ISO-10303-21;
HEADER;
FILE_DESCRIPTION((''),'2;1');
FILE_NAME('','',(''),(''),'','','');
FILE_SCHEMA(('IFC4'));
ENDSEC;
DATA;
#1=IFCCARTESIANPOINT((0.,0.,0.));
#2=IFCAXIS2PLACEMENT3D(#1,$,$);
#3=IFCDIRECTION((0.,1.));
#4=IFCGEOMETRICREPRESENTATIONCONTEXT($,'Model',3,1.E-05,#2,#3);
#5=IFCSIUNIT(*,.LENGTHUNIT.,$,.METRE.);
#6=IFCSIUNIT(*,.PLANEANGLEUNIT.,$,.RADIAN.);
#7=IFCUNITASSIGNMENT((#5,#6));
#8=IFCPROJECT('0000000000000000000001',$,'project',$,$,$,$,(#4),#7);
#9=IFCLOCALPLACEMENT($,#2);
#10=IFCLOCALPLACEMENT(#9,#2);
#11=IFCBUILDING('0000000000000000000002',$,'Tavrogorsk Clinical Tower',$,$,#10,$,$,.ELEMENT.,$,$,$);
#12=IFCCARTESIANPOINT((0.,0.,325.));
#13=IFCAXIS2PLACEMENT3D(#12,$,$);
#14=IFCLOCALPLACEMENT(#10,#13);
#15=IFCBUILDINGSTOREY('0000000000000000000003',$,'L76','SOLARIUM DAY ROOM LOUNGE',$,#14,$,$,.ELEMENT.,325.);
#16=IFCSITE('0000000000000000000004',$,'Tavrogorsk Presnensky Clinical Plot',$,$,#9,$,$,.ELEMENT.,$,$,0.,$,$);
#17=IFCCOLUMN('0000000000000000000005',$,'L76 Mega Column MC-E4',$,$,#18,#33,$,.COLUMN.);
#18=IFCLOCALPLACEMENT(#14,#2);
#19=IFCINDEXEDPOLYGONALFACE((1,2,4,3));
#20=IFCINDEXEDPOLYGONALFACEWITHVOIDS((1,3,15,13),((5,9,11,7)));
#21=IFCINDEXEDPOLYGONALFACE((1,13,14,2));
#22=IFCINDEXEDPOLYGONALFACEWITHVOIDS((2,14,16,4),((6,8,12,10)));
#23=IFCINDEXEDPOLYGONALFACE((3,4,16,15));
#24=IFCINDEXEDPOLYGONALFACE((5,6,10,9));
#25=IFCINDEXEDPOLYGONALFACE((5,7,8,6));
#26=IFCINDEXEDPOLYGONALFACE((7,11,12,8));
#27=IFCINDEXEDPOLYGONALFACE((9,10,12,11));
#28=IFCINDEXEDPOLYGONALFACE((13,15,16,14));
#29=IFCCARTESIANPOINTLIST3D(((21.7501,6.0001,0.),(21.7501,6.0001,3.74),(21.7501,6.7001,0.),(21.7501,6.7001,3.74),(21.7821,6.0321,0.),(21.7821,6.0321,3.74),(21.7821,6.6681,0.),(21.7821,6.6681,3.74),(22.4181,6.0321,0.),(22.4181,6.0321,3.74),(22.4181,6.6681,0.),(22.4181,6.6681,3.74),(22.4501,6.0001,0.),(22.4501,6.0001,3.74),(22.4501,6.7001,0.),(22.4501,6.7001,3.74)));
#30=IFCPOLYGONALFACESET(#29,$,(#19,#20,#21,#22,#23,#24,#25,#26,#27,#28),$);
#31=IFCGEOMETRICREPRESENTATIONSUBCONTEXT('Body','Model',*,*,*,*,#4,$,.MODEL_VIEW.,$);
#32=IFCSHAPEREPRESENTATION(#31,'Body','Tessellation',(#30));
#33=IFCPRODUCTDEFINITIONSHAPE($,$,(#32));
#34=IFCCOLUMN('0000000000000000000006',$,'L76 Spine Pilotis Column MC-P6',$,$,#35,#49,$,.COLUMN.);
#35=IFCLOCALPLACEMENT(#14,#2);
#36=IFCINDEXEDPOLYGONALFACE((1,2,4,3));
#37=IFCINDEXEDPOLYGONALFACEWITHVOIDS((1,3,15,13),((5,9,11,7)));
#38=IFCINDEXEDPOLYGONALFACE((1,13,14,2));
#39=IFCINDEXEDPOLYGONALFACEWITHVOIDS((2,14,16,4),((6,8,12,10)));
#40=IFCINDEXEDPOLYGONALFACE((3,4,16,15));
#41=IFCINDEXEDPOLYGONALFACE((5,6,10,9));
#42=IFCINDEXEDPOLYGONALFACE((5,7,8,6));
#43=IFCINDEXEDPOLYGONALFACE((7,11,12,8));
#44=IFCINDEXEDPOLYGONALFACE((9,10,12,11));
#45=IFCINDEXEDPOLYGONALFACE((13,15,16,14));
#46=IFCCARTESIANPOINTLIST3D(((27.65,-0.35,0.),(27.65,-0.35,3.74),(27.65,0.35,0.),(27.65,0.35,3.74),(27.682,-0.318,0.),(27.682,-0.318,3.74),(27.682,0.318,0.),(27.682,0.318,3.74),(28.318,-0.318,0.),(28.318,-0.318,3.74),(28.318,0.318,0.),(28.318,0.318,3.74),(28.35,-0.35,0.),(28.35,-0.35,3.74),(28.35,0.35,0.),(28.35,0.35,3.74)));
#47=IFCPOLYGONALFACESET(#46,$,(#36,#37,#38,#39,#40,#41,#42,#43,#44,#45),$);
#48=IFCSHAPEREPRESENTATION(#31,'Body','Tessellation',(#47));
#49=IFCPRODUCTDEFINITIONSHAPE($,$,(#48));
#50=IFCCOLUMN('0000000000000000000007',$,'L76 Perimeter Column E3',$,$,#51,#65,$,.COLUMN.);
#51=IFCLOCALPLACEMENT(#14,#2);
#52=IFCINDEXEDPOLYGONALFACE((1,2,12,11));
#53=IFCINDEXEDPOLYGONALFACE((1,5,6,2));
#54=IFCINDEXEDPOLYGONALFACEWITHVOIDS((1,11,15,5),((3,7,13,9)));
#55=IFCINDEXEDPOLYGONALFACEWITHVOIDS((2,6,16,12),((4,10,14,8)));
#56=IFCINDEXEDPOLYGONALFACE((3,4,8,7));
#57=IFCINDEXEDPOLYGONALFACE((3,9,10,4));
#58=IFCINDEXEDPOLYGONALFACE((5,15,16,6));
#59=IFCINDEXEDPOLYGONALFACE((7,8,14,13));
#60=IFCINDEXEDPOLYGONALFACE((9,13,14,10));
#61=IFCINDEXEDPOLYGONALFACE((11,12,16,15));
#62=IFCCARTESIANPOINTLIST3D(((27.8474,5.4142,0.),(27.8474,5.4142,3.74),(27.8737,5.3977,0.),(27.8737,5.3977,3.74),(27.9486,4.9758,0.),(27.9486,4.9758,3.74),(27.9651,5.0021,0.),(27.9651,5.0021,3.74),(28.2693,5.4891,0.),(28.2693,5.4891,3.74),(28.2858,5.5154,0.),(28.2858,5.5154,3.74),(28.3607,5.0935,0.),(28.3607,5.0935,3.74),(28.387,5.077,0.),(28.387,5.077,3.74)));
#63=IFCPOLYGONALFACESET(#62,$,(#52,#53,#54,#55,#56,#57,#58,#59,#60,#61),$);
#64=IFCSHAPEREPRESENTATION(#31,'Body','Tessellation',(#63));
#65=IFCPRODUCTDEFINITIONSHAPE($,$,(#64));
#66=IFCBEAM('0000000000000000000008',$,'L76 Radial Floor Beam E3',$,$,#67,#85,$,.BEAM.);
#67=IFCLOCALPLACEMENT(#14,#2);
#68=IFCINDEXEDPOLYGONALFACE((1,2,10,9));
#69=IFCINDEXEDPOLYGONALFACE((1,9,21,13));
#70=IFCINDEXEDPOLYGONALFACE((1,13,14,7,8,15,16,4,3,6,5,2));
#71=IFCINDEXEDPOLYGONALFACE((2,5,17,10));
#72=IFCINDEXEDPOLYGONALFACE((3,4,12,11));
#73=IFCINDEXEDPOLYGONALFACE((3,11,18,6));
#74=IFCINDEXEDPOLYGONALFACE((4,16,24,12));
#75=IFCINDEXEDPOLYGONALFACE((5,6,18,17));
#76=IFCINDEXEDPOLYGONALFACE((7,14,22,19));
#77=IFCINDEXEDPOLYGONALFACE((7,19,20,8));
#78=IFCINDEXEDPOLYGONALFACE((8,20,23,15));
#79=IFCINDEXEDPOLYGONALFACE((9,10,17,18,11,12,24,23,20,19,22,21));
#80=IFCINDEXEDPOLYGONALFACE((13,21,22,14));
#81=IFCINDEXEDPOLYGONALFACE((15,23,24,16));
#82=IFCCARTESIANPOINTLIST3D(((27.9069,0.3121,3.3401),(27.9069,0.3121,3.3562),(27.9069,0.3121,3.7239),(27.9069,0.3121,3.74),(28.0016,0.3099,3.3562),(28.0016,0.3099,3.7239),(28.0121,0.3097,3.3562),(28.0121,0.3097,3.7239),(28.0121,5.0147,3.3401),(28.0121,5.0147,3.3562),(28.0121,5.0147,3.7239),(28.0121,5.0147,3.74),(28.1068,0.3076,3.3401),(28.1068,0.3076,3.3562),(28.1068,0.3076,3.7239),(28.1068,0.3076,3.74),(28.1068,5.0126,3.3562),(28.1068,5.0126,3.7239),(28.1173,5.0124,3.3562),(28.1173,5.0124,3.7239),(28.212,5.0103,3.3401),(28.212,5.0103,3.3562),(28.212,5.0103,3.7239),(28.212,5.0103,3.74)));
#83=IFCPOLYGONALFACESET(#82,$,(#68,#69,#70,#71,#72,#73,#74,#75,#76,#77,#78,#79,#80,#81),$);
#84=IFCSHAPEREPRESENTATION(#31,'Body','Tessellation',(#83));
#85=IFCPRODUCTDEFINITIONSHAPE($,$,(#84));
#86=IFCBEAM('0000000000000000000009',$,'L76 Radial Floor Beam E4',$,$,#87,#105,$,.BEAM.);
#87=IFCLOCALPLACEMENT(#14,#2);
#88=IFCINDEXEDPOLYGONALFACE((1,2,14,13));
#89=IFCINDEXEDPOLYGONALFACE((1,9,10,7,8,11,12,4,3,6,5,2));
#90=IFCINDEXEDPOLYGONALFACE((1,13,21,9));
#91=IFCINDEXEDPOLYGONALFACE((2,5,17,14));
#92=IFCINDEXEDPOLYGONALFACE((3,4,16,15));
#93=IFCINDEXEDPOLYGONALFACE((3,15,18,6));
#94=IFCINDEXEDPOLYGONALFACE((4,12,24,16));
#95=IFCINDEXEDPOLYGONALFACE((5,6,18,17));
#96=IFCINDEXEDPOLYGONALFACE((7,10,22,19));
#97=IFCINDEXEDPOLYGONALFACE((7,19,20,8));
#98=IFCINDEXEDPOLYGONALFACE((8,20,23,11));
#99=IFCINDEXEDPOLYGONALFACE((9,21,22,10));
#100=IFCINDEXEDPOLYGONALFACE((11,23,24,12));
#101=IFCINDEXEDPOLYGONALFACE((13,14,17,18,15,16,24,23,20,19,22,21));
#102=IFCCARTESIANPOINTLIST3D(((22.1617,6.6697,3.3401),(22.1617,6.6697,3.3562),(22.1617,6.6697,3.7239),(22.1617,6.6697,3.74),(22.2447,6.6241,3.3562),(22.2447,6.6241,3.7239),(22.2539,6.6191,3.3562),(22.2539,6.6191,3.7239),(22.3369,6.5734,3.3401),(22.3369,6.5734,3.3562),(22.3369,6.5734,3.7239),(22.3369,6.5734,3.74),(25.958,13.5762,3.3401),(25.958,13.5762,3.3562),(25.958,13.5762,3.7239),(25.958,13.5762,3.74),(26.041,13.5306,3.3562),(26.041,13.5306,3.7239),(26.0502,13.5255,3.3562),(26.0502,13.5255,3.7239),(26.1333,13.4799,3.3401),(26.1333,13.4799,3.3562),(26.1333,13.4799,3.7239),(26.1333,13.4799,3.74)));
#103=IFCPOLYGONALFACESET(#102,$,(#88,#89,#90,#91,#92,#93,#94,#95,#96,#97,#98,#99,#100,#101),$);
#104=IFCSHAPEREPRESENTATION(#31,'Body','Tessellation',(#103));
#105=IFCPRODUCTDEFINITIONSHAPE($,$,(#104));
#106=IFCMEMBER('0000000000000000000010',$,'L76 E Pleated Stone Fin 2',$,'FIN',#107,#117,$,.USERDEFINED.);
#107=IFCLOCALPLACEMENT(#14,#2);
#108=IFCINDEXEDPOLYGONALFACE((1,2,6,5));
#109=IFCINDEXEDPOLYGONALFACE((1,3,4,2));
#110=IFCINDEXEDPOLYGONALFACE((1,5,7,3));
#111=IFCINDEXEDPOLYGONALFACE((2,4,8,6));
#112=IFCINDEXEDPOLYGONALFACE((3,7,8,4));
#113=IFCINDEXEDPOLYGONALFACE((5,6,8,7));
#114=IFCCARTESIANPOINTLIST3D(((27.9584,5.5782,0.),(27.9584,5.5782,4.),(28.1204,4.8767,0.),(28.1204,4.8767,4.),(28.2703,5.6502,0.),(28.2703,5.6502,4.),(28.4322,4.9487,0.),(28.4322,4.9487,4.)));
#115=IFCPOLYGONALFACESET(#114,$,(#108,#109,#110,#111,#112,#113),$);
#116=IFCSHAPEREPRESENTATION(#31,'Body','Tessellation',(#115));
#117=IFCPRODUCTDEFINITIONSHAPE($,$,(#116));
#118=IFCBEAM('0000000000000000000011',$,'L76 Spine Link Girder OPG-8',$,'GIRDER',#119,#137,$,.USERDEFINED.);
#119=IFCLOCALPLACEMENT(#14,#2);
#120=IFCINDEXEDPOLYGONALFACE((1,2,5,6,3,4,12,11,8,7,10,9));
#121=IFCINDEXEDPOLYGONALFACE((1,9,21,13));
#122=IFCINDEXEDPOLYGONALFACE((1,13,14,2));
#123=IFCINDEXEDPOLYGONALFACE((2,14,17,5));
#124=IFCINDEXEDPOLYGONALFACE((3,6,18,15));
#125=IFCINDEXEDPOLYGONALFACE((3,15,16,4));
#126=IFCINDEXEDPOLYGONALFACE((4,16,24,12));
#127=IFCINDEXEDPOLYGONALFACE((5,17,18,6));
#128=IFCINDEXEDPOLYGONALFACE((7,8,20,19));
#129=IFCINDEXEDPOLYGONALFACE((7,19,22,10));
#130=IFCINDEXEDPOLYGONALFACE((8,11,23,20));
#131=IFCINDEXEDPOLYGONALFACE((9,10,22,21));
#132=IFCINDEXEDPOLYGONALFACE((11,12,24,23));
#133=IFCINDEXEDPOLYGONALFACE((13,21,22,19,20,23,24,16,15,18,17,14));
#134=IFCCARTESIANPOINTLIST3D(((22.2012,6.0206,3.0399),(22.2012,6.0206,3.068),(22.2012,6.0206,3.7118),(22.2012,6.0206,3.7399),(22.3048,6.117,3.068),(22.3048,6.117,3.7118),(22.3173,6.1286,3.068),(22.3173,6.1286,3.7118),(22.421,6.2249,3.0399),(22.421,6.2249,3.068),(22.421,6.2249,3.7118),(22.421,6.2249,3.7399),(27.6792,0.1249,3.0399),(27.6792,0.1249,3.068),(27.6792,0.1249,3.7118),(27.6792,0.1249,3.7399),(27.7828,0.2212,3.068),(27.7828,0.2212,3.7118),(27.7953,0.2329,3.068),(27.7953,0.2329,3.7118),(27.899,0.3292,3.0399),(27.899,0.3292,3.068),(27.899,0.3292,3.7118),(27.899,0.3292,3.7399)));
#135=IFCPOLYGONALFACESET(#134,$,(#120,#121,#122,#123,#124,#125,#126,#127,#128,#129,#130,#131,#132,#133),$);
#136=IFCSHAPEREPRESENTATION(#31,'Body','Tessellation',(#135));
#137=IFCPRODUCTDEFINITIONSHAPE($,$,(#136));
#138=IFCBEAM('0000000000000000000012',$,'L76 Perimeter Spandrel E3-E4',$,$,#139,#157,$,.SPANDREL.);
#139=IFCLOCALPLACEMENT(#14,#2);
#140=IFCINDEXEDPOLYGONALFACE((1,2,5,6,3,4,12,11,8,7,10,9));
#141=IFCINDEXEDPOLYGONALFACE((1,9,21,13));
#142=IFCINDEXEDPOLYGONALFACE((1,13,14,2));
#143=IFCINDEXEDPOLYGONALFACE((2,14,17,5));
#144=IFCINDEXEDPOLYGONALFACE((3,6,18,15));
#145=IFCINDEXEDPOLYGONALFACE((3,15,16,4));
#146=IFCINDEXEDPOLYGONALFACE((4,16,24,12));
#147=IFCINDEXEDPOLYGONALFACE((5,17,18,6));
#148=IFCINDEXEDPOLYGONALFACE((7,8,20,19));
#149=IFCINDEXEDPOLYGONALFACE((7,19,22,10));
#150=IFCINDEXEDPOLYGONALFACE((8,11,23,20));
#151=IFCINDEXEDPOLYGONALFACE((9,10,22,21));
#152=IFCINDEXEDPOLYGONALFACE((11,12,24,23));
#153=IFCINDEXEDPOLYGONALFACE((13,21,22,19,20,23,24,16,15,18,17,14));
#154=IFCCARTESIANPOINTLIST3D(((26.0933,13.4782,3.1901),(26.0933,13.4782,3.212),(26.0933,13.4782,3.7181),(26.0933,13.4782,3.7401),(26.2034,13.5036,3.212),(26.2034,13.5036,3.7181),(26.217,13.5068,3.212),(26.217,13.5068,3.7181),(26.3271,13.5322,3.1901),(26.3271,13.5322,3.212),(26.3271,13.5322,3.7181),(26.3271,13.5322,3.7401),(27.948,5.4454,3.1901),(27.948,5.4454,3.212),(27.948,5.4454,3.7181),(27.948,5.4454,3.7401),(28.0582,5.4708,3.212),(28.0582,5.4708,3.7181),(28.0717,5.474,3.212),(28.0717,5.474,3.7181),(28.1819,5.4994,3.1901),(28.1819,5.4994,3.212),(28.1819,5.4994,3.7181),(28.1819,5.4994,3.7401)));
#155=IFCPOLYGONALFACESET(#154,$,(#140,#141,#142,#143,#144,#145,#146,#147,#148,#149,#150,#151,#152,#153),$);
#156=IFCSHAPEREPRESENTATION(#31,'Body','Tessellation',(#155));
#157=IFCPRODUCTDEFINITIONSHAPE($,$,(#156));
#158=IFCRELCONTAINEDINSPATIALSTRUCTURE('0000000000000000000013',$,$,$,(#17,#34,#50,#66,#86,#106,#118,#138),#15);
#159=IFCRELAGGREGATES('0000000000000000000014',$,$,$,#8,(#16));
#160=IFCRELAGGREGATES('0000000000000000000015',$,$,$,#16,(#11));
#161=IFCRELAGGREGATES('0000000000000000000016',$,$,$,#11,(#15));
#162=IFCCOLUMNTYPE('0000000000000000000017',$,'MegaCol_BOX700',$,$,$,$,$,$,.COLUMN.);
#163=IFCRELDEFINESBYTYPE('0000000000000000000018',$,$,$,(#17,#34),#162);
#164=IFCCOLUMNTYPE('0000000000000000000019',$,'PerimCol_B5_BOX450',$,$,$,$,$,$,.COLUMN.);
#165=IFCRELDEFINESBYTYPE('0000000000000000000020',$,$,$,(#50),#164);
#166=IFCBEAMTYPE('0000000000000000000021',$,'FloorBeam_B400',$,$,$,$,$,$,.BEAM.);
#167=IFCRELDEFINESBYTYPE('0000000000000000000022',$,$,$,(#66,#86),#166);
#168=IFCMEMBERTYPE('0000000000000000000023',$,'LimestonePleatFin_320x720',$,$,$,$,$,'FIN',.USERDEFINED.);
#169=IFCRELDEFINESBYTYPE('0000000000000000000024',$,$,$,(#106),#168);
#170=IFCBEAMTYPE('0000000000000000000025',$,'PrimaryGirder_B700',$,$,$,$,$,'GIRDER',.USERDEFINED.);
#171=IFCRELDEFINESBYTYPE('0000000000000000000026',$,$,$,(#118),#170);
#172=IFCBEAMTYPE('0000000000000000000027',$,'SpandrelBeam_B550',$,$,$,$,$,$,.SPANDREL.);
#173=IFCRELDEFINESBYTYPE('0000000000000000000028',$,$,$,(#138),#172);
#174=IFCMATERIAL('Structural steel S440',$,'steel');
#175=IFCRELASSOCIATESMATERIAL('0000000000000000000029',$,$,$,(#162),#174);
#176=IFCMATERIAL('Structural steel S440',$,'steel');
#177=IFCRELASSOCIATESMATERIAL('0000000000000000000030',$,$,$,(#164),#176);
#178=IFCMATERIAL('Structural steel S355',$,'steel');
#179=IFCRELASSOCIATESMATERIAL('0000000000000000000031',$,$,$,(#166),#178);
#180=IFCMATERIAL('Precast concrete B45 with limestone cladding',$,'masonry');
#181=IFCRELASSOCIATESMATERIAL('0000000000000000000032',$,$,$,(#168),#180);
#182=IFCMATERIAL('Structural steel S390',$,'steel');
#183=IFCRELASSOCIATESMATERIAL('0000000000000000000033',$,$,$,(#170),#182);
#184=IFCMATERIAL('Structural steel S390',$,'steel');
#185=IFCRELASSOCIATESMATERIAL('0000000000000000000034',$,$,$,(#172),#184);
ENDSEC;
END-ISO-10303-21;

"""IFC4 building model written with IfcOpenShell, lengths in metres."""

from ifc_helpers import new_model, si_unit, direction, frame, origin, origin_2d, place, context, subcontext, project, spatial, rectangle, hollow_rectangle, i_section, extrude, material, material_profile, profile_set, type_object, element, save


model = new_model("IFC4")

# Units and contexts
model_context = context("Model", 3, precision=1e-05, world=origin(), true_north=direction((0.0, 1.0)))
body_context = subcontext(model_context, "Body", "Model", "MODEL_VIEW")
ifc_project = project(units=[si_unit("LENGTHUNIT", "METRE"), si_unit("PLANEANGLEUNIT", "RADIAN")], contexts=[model_context])

# Site, building, storey
site_placement = place(None, origin())
site = spatial("IfcSite", under=ifc_project, at=site_placement, Name="Tavrogorsk Presnensky Clinical Plot", CompositionType="ELEMENT", RefElevation=0.0)
building_placement = place(site_placement, origin())
building = spatial("IfcBuilding", under=site, at=building_placement, Name="Tavrogorsk Clinical Tower", CompositionType="ELEMENT")
storey_placement = place(building_placement, frame((0.0, 0.0, 325.0)))
storey = spatial("IfcBuildingStorey", under=building, at=storey_placement, Name="L76", Description="SOLARIUM DAY ROOM LOUNGE", CompositionType="ELEMENT", Elevation=325.0)

# Columns
ifc_material_1 = material(Name="Structural steel S440", Category="steel")
ifc_material_profile_1 = material_profile(ifc_material_1, hollow_rectangle(XDim=0.7, YDim=0.7, WallThickness=0.032, at=origin_2d()), Name="BOX-700x700x32")
ifc_profile_set_1 = profile_set([ifc_material_profile_1], Name="Structural steel S440")
column_type_1 = type_object("IfcColumnType", Name="MegaCol_BOX700", PredefinedType="COLUMN", material=ifc_profile_set_1)
for number, where, z_axis, x_axis, name in (
    (1, (22.1001, 6.3501, 0.0), (0.0, 0.0, 1.0), (1.0, 0.0, 0.0), "L76 Mega Column MC-E4"),
    (2, (28.0, 0.0, 0.0), (0.0, 0.0, 1.0), (1.0, 0.0, 0.0), "L76 Spine Pilotis Column MC-P6"),
):
    element("IfcColumn", number, at=place(storey_placement, frame(where, z_axis=z_axis, x_axis=x_axis)), inside=storey, type_object=column_type_1, Name=name, PredefinedType="COLUMN", context=body_context, shape_type="SweptSolid", body=[
        extrude(hollow_rectangle(XDim=0.7, YDim=0.7, WallThickness=0.032, at=origin_2d()), origin(), (0.0, 0.0, 1.0), 3.74),
    ])
ifc_material_2 = material(Name="Structural steel S440", Category="steel")
ifc_material_profile_2 = material_profile(ifc_material_2, hollow_rectangle(XDim=0.45, YDim=0.45, WallThickness=0.022, at=origin_2d()), Name="BOX-450x450x22")
ifc_profile_set_2 = profile_set([ifc_material_profile_2], Name="Structural steel S440")
column_type_2 = type_object("IfcColumnType", Name="PerimCol_B5_BOX450", PredefinedType="COLUMN", material=ifc_profile_set_2)
column_placement = place(storey_placement, frame((28.1172, 5.2456, 0.0), z_axis=(0.0, 0.0, 1.0), x_axis=(0.97437, 0.224951, 0.0)))
element("IfcColumn", 3, at=column_placement, inside=storey, type_object=column_type_2, Name="L76 Perimeter Column E3", PredefinedType="COLUMN", context=body_context, shape_type="SweptSolid", body=[
    extrude(hollow_rectangle(XDim=0.45, YDim=0.45, WallThickness=0.022, at=origin_2d()), origin(), (0.0, 0.0, 1.0), 3.74),
])

# Beams
ifc_material_3 = material(Name="Structural steel S355", Category="steel")
ifc_material_profile_3 = material_profile(ifc_material_3, i_section(OverallWidth=0.2, OverallDepth=0.3999, WebThickness=0.0105, FlangeThickness=0.0161, at=origin_2d()), Name="B-400x200x10.5x16")
ifc_profile_set_3 = profile_set([ifc_material_profile_3], Name="Structural steel S355")
beam_type_1 = type_object("IfcBeamType", Name="FloorBeam_B400", PredefinedType="BEAM", material=ifc_profile_set_3)
beam_1_placement = place(storey_placement, frame((28.0068, 0.3098, 3.54), z_axis=(0.02237, 0.99975, 0.0), x_axis=(-0.99975, 0.02237, 0.0)))
element("IfcBeam", 4, at=beam_1_placement, inside=storey, type_object=beam_type_1, Name="L76 Radial Floor Beam E3", PredefinedType="BEAM", context=body_context, shape_type="SweptSolid", body=[
    extrude(i_section(OverallWidth=0.2, OverallDepth=0.3999, WebThickness=0.0105, FlangeThickness=0.0161, at=origin_2d()), origin(), (0.0, 0.0, 1.0), 4.7039),
])
beam_2_placement = place(storey_placement, frame((22.2493, 6.6216, 3.54), z_axis=(0.481706, 0.876333, 0.0), x_axis=(-0.876333, 0.481706, 0.0)))
element("IfcBeam", 5, at=beam_2_placement, inside=storey, type_object=beam_type_1, Name="L76 Radial Floor Beam E4", PredefinedType="BEAM", context=body_context, shape_type="SweptSolid", body=[
    extrude(i_section(OverallWidth=0.2, OverallDepth=0.3999, WebThickness=0.0105, FlangeThickness=0.0161, at=origin_2d()), origin(), (0.0, 0.0, 1.0), 7.8811),
])

# Member
ifc_material_4 = material(Name="Precast concrete B45 with limestone cladding", Category="masonry")
ifc_material_profile_4 = material_profile(ifc_material_4, rectangle(XDim=0.3201, YDim=0.72, at=origin_2d()), Name="LIMESTONE-FIN-320x720")
ifc_profile_set_4 = profile_set([ifc_material_profile_4], Name="Precast concrete B45 with limestone cladding")
member_type = type_object("IfcMemberType", Name="LimestonePleatFin_320x720", ElementType="FIN", PredefinedType="USERDEFINED", material=ifc_profile_set_4)
member_placement = place(storey_placement, frame((28.1953, 5.2634, 0.0), z_axis=(0.0, 0.0, 1.0), x_axis=(0.97437, 0.224951, 0.0)))
element("IfcMember", 6, at=member_placement, inside=storey, type_object=member_type, Name="L76 E Pleated Stone Fin 2", ObjectType="FIN", PredefinedType="USERDEFINED", context=body_context, shape_type="SweptSolid", body=[
    extrude(rectangle(XDim=0.3201, YDim=0.72, at=origin_2d()), origin(), (0.0, 0.0, 1.0), 4.0),
])

# Beams
ifc_material_5 = material(Name="Structural steel S390", Category="steel")
ifc_material_profile_5 = material_profile(ifc_material_5, i_section(OverallWidth=0.3, OverallDepth=0.7, WebThickness=0.0171, FlangeThickness=0.0281, at=origin_2d()), Name="B-700x300x17x28")
ifc_profile_set_5 = profile_set([ifc_material_profile_5], Name="Structural steel S390")
beam_type_2 = type_object("IfcBeamType", Name="PrimaryGirder_B700", ElementType="GIRDER", PredefinedType="USERDEFINED", material=ifc_profile_set_5)
beam_3_placement = place(storey_placement, frame((27.7891, 0.2271, 3.3899), z_axis=(-0.680678, 0.732583, 0.0), x_axis=(-0.732583, -0.680678, 0.0)))
element("IfcBeam", 7, at=beam_3_placement, inside=storey, type_object=beam_type_2, Name="L76 Spine Link Girder OPG-8", ObjectType="GIRDER", PredefinedType="USERDEFINED", context=body_context, shape_type="SweptSolid", body=[
    extrude(i_section(OverallWidth=0.3, OverallDepth=0.7, WebThickness=0.0171, FlangeThickness=0.0281, at=origin_2d()), origin(), (0.0, 0.0, 1.0), 8.0479),
])
ifc_material_6 = material(Name="Structural steel S390", Category="steel")
ifc_material_profile_6 = material_profile(ifc_material_6, i_section(OverallWidth=0.24, OverallDepth=0.55, WebThickness=0.0139, FlangeThickness=0.022, at=origin_2d()), Name="B-550x240x14x22")
ifc_profile_set_6 = profile_set([ifc_material_profile_6], Name="Structural steel S390")
beam_type_3 = type_object("IfcBeamType", Name="SpandrelBeam_B550", PredefinedType="SPANDREL", material=ifc_profile_set_6)
beam_4_placement = place(storey_placement, frame((28.0649, 5.4724, 3.4651), z_axis=(-0.224978, 0.974364, 0.0), x_axis=(-0.974364, -0.224978, 0.0)))
element("IfcBeam", 8, at=beam_4_placement, inside=storey, type_object=beam_type_3, Name="L76 Perimeter Spandrel E3-E4", PredefinedType="SPANDREL", context=body_context, shape_type="SweptSolid", body=[
    extrude(i_section(OverallWidth=0.24, OverallDepth=0.55, WebThickness=0.0139, FlangeThickness=0.022, at=origin_2d()), origin(), (0.0, 0.0, 1.0), 8.2441),
])

save(model, "model.ifc")
